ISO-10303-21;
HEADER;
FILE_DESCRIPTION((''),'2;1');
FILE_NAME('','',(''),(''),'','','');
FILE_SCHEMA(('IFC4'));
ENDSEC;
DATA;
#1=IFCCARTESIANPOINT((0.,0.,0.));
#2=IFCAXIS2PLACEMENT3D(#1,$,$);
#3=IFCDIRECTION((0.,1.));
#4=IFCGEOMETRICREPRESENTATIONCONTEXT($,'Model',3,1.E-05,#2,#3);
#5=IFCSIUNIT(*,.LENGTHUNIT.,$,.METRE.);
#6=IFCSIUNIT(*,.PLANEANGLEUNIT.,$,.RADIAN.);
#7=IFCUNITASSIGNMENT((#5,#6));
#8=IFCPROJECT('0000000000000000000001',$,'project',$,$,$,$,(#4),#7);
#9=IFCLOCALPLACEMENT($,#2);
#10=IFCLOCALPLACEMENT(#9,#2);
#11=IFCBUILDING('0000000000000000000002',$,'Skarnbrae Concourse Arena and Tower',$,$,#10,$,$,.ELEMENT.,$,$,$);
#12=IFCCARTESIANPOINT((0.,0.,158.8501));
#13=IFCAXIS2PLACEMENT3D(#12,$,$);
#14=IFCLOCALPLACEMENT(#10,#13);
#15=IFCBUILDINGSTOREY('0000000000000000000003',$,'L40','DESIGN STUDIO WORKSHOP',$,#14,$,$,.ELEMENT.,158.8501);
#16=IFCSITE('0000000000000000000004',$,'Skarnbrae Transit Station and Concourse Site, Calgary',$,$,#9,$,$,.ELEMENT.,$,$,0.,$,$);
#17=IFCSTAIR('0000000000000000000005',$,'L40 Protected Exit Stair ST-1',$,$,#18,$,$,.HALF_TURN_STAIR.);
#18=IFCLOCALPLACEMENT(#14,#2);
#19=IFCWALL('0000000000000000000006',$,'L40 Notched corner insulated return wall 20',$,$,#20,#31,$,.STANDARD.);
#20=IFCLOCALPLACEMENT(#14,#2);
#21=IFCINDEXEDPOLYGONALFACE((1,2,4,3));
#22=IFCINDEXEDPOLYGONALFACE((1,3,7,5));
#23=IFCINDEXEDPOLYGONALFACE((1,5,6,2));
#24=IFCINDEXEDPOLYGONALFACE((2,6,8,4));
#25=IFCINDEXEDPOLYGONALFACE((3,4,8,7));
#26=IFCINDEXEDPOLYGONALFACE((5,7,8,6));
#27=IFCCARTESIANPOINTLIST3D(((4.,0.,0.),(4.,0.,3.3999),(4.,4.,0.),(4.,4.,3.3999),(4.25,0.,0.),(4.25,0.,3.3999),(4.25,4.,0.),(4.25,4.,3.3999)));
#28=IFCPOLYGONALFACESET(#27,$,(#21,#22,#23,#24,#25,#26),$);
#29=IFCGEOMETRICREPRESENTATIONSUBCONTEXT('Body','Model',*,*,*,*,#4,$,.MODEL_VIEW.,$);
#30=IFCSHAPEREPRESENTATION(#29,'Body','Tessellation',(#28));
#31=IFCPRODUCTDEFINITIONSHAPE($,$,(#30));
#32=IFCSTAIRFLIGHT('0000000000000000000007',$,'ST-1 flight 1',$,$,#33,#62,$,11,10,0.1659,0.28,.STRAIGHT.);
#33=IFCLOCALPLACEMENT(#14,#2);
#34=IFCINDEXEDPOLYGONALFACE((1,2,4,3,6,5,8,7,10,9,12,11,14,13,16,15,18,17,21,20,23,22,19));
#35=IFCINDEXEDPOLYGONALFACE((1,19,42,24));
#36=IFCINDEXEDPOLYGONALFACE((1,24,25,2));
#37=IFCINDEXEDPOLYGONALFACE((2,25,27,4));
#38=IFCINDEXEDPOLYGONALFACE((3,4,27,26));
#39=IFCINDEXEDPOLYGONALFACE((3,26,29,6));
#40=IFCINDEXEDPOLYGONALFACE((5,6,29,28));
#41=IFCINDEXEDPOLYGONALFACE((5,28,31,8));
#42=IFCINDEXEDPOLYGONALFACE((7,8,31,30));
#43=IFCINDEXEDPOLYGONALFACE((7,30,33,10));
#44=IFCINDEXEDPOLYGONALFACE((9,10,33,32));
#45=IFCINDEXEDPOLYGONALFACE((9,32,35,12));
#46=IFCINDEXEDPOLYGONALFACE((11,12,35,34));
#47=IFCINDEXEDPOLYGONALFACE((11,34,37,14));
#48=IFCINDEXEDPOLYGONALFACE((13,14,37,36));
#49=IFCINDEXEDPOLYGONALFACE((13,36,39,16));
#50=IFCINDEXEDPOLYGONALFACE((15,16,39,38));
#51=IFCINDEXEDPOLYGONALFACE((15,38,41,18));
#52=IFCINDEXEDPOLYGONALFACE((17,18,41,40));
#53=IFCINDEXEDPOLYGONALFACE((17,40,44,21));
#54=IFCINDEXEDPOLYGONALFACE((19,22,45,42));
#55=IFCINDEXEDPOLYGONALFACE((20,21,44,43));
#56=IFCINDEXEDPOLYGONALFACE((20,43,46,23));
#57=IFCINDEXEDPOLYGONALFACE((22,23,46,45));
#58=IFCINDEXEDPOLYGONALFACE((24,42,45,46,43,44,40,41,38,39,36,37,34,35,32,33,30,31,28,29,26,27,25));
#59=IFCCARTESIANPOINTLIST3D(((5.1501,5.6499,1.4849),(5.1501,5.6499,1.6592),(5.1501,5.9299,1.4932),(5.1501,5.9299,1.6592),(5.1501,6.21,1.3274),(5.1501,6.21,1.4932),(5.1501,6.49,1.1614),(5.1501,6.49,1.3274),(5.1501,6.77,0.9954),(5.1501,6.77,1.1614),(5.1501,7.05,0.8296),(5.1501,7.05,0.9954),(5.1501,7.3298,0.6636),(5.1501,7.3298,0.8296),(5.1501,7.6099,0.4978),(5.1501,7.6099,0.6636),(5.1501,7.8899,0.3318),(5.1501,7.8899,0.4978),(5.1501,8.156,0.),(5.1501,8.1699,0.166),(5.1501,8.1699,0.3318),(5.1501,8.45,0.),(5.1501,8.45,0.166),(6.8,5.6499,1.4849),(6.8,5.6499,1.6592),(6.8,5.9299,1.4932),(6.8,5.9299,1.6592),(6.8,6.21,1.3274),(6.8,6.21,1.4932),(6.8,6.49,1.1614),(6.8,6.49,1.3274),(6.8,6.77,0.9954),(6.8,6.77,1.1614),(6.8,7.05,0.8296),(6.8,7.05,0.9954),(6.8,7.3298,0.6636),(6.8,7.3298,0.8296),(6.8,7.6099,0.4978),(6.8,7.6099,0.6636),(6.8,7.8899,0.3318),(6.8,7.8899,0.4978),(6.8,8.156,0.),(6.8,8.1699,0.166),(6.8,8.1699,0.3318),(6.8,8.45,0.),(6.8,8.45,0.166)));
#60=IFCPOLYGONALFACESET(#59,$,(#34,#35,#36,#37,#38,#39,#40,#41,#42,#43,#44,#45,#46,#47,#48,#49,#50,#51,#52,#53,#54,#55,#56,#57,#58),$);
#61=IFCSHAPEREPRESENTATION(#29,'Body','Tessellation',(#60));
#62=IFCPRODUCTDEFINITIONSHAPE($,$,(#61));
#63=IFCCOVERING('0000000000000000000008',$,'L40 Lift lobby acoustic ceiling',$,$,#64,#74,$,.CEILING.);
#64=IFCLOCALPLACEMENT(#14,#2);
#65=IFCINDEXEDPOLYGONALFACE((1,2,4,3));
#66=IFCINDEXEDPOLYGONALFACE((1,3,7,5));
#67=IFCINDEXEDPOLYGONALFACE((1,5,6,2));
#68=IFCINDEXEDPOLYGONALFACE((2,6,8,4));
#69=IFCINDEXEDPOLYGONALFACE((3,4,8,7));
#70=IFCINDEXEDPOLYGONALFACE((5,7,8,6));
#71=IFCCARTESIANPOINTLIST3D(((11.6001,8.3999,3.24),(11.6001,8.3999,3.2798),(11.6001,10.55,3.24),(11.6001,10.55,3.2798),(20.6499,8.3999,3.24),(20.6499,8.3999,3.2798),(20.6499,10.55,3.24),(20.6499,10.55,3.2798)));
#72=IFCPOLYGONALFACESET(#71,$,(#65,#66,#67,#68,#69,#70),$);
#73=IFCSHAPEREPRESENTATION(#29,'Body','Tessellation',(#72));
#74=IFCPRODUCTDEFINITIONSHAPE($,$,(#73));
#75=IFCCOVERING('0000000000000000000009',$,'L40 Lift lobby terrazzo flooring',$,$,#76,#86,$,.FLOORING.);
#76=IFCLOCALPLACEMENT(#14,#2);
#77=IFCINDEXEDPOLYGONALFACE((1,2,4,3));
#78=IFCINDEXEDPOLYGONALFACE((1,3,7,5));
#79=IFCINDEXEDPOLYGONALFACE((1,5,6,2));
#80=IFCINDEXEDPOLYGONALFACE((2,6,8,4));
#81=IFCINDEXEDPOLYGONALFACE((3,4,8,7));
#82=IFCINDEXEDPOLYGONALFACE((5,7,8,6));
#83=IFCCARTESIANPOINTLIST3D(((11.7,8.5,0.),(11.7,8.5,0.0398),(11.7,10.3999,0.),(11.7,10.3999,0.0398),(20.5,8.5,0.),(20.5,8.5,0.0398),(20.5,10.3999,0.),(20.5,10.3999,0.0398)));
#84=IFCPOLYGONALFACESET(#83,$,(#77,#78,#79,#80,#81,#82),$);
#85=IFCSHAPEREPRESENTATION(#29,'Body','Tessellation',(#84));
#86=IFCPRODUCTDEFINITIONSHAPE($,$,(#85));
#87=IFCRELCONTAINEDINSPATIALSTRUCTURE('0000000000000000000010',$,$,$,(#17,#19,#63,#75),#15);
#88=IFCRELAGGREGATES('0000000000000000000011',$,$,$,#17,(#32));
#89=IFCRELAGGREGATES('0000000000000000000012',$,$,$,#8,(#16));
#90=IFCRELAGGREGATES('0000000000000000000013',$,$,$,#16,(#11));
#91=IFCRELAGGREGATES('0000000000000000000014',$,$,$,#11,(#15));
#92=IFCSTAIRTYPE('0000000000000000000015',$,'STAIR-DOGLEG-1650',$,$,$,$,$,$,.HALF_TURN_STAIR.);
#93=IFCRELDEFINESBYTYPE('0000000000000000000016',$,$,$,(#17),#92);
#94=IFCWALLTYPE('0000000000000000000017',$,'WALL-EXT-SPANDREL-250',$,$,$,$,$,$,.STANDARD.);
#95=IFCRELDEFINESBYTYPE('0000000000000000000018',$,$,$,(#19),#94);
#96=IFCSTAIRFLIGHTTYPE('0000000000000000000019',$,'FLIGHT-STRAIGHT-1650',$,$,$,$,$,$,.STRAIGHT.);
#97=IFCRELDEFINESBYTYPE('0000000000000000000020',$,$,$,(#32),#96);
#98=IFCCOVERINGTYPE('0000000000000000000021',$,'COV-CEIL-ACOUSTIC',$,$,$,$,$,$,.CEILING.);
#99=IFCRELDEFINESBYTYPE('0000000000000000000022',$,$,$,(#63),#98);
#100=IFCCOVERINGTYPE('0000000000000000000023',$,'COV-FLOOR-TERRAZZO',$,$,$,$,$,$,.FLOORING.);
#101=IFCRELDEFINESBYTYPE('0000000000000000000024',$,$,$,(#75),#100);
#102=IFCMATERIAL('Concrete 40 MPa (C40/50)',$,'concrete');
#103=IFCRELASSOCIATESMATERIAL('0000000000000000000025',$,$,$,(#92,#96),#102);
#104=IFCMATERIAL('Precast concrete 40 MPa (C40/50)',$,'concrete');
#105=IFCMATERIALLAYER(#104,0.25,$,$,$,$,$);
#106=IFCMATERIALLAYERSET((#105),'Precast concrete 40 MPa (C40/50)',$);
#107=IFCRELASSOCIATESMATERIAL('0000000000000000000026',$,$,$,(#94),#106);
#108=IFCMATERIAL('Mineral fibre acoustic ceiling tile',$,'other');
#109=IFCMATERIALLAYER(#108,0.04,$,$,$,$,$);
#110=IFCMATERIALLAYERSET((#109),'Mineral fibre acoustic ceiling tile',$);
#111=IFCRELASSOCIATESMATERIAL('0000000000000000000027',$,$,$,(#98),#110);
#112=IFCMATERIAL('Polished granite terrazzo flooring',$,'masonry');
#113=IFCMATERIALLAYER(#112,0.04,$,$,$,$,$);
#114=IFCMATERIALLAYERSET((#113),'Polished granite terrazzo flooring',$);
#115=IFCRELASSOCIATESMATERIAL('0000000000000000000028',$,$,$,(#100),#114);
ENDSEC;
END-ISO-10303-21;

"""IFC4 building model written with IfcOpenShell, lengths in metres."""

from ifc_helpers import new_model, si_unit, direction, frame, frame_2d, origin, place, context, subcontext, project, spatial, polyline, rectangle, outline, extrude, source, transform, mapped, material, layer, layer_set, type_object, element, aggregate, save


model = new_model("IFC4")

# Units and contexts
model_context = context("Model", 3, precision=1e-05, world=origin(), true_north=direction((0.0, 1.0)))
body_context = subcontext(model_context, "Body", "Model", "MODEL_VIEW")
ifc_project = project(units=[si_unit("LENGTHUNIT", "METRE"), si_unit("PLANEANGLEUNIT", "RADIAN")], contexts=[model_context])

# Site, building, storey
site_placement = place(None, origin())
site = spatial("IfcSite", under=ifc_project, at=site_placement, Name="Skarnbrae Transit Station and Concourse Site, Calgary", CompositionType="ELEMENT", RefElevation=0.0)
building_placement = place(site_placement, origin())
building = spatial("IfcBuilding", under=site, at=building_placement, Name="Skarnbrae Concourse Arena and Tower", CompositionType="ELEMENT")
storey_placement = place(building_placement, frame((0.0, 0.0, 158.8501)))
storey = spatial("IfcBuildingStorey", under=building, at=storey_placement, Name="L40", Description="DESIGN STUDIO WORKSHOP", CompositionType="ELEMENT", Elevation=158.8501)

# Stair
ifc_material_1 = material(Name="Concrete 40 MPa (C40/50)", Category="concrete")
stair_type = type_object("IfcStairType", Name="STAIR-DOGLEG-1650", PredefinedType="HALF_TURN_STAIR", material=ifc_material_1)
stair_1_placement = place(storey_placement, origin())
stair_1 = element("IfcStair", 1, at=stair_1_placement, inside=storey, type_object=stair_type, Name="L40 Protected Exit Stair ST-1", PredefinedType="HALF_TURN_STAIR")

# Wall
ifc_material_2 = material(Name="Precast concrete 40 MPa (C40/50)", Category="concrete")
ifc_layer_1 = layer(ifc_material_2, 0.25)
ifc_layer_set_1 = layer_set([ifc_layer_1], Name="Precast concrete 40 MPa (C40/50)")
wall_type_1 = type_object("IfcWallType", Name="WALL-EXT-SPANDREL-250", PredefinedType="STANDARD", material=ifc_layer_set_1)
shared_shape_1 = source(origin(), body_context, "Body", "SweptSolid", [
    extrude(rectangle(XDim=4.0, YDim=0.25, at=frame_2d((2.0, 0.0))), origin(), (0.0, 0.0, 1.0), 3.3999),
])
for number, where, z_axis, x_axis, name in (
    (2, (4.125, 4.0, 0.0), (0.0, 0.0, 1.0), (0.0, -1.0, 0.0), "L40 Notched corner insulated return wall 20"),
):
    element("IfcWall", number, at=place(storey_placement, frame(where, z_axis=z_axis, x_axis=x_axis)), inside=storey, type_object=wall_type_1, Name=name, PredefinedType="STANDARD", context=body_context, shape_type="MappedRepresentation", body=[
        mapped(shared_shape_1, transform((0.0, 0.0, 0.0))),
    ])

# Stair flight
stair_flight_type = type_object("IfcStairFlightType", Name="FLIGHT-STRAIGHT-1650", PredefinedType="STRAIGHT", material=ifc_material_1)
shared_shape_2 = source(origin(), body_context, "Body", "SweptSolid", [
    extrude(outline(polyline([(0.0, 0.0), (0.0, 0.166), (0.28, 0.166), (0.28, 0.3318), (0.5601, 0.3318), (0.5601, 0.4978), (0.8401, 0.4978), (0.8401, 0.6636), (1.1201, 0.6636), (1.1201, 0.8296), (1.3999, 0.8296), (1.3999, 0.9954), (1.6799, 0.9954), (1.6799, 1.1614), (1.96, 1.1614), (1.96, 1.3274), (2.24, 1.3274), (2.24, 1.4932), (2.52, 1.4932), (2.52, 1.6592), (2.8, 1.6592), (2.8, 1.825), (2.8, 1.4849), (0.2939, 0.0), (0.0, 0.0)])), frame((0.0, 0.825, 0.0), z_axis=(0.0, -1.0, 0.0), x_axis=(1.0, 0.0, 0.0)), (0.0, 0.0, 1.0), 1.6499),
])
stair_flight_placement = place(storey_placement, frame((5.9751, 8.45, 0.0), z_axis=(0.0, 0.0, 1.0), x_axis=(0.0, -1.0, 0.0)))
stair_flight = element("IfcStairFlight", 3, at=stair_flight_placement, type_object=stair_flight_type, Name="ST-1 flight 1", NumberOfRisers=11, NumberOfTreads=10, PredefinedType="STRAIGHT", RiserHeight=0.1659, TreadLength=0.28, context=body_context, shape_type="MappedRepresentation", body=[
    mapped(shared_shape_2, transform((0.0, 0.0, 0.0))),
])
aggregate(stair_1, [stair_flight])

# Coverings
ifc_material_3 = material(Name="Mineral fibre acoustic ceiling tile", Category="other")
ifc_layer_2 = layer(ifc_material_3, 0.04)
ifc_layer_set_2 = layer_set([ifc_layer_2], Name="Mineral fibre acoustic ceiling tile")
covering_type_1 = type_object("IfcCoveringType", Name="COV-CEIL-ACOUSTIC", PredefinedType="CEILING", material=ifc_layer_set_2)
covering_1_placement = place(storey_placement, frame((0.0, 0.0, 3.24)))
element("IfcCovering", 4, at=covering_1_placement, inside=storey, type_object=covering_type_1, Name="L40 Lift lobby acoustic ceiling", PredefinedType="CEILING", context=body_context, shape_type="SweptSolid", body=[
    extrude(outline(polyline([(11.6001, 8.3999), (20.6499, 8.3999), (20.6499, 10.55), (11.6001, 10.55), (11.6001, 8.3999)])), origin(), (0.0, 0.0, 1.0), 0.0398),
])
ifc_material_4 = material(Name="Polished granite terrazzo flooring", Category="masonry")
ifc_layer_3 = layer(ifc_material_4, 0.04)
ifc_layer_set_3 = layer_set([ifc_layer_3], Name="Polished granite terrazzo flooring")
covering_type_2 = type_object("IfcCoveringType", Name="COV-FLOOR-TERRAZZO", PredefinedType="FLOORING", material=ifc_layer_set_3)
covering_2_placement = place(storey_placement, origin())
element("IfcCovering", 5, at=covering_2_placement, inside=storey, type_object=covering_type_2, Name="L40 Lift lobby terrazzo flooring", PredefinedType="FLOORING", context=body_context, shape_type="SweptSolid", body=[
    extrude(outline(polyline([(11.7, 8.5), (20.5, 8.5), (20.5, 10.3999), (11.7, 10.3999), (11.7, 8.5)])), origin(), (0.0, 0.0, 1.0), 0.0398),
])

save(model, "model.ifc")
